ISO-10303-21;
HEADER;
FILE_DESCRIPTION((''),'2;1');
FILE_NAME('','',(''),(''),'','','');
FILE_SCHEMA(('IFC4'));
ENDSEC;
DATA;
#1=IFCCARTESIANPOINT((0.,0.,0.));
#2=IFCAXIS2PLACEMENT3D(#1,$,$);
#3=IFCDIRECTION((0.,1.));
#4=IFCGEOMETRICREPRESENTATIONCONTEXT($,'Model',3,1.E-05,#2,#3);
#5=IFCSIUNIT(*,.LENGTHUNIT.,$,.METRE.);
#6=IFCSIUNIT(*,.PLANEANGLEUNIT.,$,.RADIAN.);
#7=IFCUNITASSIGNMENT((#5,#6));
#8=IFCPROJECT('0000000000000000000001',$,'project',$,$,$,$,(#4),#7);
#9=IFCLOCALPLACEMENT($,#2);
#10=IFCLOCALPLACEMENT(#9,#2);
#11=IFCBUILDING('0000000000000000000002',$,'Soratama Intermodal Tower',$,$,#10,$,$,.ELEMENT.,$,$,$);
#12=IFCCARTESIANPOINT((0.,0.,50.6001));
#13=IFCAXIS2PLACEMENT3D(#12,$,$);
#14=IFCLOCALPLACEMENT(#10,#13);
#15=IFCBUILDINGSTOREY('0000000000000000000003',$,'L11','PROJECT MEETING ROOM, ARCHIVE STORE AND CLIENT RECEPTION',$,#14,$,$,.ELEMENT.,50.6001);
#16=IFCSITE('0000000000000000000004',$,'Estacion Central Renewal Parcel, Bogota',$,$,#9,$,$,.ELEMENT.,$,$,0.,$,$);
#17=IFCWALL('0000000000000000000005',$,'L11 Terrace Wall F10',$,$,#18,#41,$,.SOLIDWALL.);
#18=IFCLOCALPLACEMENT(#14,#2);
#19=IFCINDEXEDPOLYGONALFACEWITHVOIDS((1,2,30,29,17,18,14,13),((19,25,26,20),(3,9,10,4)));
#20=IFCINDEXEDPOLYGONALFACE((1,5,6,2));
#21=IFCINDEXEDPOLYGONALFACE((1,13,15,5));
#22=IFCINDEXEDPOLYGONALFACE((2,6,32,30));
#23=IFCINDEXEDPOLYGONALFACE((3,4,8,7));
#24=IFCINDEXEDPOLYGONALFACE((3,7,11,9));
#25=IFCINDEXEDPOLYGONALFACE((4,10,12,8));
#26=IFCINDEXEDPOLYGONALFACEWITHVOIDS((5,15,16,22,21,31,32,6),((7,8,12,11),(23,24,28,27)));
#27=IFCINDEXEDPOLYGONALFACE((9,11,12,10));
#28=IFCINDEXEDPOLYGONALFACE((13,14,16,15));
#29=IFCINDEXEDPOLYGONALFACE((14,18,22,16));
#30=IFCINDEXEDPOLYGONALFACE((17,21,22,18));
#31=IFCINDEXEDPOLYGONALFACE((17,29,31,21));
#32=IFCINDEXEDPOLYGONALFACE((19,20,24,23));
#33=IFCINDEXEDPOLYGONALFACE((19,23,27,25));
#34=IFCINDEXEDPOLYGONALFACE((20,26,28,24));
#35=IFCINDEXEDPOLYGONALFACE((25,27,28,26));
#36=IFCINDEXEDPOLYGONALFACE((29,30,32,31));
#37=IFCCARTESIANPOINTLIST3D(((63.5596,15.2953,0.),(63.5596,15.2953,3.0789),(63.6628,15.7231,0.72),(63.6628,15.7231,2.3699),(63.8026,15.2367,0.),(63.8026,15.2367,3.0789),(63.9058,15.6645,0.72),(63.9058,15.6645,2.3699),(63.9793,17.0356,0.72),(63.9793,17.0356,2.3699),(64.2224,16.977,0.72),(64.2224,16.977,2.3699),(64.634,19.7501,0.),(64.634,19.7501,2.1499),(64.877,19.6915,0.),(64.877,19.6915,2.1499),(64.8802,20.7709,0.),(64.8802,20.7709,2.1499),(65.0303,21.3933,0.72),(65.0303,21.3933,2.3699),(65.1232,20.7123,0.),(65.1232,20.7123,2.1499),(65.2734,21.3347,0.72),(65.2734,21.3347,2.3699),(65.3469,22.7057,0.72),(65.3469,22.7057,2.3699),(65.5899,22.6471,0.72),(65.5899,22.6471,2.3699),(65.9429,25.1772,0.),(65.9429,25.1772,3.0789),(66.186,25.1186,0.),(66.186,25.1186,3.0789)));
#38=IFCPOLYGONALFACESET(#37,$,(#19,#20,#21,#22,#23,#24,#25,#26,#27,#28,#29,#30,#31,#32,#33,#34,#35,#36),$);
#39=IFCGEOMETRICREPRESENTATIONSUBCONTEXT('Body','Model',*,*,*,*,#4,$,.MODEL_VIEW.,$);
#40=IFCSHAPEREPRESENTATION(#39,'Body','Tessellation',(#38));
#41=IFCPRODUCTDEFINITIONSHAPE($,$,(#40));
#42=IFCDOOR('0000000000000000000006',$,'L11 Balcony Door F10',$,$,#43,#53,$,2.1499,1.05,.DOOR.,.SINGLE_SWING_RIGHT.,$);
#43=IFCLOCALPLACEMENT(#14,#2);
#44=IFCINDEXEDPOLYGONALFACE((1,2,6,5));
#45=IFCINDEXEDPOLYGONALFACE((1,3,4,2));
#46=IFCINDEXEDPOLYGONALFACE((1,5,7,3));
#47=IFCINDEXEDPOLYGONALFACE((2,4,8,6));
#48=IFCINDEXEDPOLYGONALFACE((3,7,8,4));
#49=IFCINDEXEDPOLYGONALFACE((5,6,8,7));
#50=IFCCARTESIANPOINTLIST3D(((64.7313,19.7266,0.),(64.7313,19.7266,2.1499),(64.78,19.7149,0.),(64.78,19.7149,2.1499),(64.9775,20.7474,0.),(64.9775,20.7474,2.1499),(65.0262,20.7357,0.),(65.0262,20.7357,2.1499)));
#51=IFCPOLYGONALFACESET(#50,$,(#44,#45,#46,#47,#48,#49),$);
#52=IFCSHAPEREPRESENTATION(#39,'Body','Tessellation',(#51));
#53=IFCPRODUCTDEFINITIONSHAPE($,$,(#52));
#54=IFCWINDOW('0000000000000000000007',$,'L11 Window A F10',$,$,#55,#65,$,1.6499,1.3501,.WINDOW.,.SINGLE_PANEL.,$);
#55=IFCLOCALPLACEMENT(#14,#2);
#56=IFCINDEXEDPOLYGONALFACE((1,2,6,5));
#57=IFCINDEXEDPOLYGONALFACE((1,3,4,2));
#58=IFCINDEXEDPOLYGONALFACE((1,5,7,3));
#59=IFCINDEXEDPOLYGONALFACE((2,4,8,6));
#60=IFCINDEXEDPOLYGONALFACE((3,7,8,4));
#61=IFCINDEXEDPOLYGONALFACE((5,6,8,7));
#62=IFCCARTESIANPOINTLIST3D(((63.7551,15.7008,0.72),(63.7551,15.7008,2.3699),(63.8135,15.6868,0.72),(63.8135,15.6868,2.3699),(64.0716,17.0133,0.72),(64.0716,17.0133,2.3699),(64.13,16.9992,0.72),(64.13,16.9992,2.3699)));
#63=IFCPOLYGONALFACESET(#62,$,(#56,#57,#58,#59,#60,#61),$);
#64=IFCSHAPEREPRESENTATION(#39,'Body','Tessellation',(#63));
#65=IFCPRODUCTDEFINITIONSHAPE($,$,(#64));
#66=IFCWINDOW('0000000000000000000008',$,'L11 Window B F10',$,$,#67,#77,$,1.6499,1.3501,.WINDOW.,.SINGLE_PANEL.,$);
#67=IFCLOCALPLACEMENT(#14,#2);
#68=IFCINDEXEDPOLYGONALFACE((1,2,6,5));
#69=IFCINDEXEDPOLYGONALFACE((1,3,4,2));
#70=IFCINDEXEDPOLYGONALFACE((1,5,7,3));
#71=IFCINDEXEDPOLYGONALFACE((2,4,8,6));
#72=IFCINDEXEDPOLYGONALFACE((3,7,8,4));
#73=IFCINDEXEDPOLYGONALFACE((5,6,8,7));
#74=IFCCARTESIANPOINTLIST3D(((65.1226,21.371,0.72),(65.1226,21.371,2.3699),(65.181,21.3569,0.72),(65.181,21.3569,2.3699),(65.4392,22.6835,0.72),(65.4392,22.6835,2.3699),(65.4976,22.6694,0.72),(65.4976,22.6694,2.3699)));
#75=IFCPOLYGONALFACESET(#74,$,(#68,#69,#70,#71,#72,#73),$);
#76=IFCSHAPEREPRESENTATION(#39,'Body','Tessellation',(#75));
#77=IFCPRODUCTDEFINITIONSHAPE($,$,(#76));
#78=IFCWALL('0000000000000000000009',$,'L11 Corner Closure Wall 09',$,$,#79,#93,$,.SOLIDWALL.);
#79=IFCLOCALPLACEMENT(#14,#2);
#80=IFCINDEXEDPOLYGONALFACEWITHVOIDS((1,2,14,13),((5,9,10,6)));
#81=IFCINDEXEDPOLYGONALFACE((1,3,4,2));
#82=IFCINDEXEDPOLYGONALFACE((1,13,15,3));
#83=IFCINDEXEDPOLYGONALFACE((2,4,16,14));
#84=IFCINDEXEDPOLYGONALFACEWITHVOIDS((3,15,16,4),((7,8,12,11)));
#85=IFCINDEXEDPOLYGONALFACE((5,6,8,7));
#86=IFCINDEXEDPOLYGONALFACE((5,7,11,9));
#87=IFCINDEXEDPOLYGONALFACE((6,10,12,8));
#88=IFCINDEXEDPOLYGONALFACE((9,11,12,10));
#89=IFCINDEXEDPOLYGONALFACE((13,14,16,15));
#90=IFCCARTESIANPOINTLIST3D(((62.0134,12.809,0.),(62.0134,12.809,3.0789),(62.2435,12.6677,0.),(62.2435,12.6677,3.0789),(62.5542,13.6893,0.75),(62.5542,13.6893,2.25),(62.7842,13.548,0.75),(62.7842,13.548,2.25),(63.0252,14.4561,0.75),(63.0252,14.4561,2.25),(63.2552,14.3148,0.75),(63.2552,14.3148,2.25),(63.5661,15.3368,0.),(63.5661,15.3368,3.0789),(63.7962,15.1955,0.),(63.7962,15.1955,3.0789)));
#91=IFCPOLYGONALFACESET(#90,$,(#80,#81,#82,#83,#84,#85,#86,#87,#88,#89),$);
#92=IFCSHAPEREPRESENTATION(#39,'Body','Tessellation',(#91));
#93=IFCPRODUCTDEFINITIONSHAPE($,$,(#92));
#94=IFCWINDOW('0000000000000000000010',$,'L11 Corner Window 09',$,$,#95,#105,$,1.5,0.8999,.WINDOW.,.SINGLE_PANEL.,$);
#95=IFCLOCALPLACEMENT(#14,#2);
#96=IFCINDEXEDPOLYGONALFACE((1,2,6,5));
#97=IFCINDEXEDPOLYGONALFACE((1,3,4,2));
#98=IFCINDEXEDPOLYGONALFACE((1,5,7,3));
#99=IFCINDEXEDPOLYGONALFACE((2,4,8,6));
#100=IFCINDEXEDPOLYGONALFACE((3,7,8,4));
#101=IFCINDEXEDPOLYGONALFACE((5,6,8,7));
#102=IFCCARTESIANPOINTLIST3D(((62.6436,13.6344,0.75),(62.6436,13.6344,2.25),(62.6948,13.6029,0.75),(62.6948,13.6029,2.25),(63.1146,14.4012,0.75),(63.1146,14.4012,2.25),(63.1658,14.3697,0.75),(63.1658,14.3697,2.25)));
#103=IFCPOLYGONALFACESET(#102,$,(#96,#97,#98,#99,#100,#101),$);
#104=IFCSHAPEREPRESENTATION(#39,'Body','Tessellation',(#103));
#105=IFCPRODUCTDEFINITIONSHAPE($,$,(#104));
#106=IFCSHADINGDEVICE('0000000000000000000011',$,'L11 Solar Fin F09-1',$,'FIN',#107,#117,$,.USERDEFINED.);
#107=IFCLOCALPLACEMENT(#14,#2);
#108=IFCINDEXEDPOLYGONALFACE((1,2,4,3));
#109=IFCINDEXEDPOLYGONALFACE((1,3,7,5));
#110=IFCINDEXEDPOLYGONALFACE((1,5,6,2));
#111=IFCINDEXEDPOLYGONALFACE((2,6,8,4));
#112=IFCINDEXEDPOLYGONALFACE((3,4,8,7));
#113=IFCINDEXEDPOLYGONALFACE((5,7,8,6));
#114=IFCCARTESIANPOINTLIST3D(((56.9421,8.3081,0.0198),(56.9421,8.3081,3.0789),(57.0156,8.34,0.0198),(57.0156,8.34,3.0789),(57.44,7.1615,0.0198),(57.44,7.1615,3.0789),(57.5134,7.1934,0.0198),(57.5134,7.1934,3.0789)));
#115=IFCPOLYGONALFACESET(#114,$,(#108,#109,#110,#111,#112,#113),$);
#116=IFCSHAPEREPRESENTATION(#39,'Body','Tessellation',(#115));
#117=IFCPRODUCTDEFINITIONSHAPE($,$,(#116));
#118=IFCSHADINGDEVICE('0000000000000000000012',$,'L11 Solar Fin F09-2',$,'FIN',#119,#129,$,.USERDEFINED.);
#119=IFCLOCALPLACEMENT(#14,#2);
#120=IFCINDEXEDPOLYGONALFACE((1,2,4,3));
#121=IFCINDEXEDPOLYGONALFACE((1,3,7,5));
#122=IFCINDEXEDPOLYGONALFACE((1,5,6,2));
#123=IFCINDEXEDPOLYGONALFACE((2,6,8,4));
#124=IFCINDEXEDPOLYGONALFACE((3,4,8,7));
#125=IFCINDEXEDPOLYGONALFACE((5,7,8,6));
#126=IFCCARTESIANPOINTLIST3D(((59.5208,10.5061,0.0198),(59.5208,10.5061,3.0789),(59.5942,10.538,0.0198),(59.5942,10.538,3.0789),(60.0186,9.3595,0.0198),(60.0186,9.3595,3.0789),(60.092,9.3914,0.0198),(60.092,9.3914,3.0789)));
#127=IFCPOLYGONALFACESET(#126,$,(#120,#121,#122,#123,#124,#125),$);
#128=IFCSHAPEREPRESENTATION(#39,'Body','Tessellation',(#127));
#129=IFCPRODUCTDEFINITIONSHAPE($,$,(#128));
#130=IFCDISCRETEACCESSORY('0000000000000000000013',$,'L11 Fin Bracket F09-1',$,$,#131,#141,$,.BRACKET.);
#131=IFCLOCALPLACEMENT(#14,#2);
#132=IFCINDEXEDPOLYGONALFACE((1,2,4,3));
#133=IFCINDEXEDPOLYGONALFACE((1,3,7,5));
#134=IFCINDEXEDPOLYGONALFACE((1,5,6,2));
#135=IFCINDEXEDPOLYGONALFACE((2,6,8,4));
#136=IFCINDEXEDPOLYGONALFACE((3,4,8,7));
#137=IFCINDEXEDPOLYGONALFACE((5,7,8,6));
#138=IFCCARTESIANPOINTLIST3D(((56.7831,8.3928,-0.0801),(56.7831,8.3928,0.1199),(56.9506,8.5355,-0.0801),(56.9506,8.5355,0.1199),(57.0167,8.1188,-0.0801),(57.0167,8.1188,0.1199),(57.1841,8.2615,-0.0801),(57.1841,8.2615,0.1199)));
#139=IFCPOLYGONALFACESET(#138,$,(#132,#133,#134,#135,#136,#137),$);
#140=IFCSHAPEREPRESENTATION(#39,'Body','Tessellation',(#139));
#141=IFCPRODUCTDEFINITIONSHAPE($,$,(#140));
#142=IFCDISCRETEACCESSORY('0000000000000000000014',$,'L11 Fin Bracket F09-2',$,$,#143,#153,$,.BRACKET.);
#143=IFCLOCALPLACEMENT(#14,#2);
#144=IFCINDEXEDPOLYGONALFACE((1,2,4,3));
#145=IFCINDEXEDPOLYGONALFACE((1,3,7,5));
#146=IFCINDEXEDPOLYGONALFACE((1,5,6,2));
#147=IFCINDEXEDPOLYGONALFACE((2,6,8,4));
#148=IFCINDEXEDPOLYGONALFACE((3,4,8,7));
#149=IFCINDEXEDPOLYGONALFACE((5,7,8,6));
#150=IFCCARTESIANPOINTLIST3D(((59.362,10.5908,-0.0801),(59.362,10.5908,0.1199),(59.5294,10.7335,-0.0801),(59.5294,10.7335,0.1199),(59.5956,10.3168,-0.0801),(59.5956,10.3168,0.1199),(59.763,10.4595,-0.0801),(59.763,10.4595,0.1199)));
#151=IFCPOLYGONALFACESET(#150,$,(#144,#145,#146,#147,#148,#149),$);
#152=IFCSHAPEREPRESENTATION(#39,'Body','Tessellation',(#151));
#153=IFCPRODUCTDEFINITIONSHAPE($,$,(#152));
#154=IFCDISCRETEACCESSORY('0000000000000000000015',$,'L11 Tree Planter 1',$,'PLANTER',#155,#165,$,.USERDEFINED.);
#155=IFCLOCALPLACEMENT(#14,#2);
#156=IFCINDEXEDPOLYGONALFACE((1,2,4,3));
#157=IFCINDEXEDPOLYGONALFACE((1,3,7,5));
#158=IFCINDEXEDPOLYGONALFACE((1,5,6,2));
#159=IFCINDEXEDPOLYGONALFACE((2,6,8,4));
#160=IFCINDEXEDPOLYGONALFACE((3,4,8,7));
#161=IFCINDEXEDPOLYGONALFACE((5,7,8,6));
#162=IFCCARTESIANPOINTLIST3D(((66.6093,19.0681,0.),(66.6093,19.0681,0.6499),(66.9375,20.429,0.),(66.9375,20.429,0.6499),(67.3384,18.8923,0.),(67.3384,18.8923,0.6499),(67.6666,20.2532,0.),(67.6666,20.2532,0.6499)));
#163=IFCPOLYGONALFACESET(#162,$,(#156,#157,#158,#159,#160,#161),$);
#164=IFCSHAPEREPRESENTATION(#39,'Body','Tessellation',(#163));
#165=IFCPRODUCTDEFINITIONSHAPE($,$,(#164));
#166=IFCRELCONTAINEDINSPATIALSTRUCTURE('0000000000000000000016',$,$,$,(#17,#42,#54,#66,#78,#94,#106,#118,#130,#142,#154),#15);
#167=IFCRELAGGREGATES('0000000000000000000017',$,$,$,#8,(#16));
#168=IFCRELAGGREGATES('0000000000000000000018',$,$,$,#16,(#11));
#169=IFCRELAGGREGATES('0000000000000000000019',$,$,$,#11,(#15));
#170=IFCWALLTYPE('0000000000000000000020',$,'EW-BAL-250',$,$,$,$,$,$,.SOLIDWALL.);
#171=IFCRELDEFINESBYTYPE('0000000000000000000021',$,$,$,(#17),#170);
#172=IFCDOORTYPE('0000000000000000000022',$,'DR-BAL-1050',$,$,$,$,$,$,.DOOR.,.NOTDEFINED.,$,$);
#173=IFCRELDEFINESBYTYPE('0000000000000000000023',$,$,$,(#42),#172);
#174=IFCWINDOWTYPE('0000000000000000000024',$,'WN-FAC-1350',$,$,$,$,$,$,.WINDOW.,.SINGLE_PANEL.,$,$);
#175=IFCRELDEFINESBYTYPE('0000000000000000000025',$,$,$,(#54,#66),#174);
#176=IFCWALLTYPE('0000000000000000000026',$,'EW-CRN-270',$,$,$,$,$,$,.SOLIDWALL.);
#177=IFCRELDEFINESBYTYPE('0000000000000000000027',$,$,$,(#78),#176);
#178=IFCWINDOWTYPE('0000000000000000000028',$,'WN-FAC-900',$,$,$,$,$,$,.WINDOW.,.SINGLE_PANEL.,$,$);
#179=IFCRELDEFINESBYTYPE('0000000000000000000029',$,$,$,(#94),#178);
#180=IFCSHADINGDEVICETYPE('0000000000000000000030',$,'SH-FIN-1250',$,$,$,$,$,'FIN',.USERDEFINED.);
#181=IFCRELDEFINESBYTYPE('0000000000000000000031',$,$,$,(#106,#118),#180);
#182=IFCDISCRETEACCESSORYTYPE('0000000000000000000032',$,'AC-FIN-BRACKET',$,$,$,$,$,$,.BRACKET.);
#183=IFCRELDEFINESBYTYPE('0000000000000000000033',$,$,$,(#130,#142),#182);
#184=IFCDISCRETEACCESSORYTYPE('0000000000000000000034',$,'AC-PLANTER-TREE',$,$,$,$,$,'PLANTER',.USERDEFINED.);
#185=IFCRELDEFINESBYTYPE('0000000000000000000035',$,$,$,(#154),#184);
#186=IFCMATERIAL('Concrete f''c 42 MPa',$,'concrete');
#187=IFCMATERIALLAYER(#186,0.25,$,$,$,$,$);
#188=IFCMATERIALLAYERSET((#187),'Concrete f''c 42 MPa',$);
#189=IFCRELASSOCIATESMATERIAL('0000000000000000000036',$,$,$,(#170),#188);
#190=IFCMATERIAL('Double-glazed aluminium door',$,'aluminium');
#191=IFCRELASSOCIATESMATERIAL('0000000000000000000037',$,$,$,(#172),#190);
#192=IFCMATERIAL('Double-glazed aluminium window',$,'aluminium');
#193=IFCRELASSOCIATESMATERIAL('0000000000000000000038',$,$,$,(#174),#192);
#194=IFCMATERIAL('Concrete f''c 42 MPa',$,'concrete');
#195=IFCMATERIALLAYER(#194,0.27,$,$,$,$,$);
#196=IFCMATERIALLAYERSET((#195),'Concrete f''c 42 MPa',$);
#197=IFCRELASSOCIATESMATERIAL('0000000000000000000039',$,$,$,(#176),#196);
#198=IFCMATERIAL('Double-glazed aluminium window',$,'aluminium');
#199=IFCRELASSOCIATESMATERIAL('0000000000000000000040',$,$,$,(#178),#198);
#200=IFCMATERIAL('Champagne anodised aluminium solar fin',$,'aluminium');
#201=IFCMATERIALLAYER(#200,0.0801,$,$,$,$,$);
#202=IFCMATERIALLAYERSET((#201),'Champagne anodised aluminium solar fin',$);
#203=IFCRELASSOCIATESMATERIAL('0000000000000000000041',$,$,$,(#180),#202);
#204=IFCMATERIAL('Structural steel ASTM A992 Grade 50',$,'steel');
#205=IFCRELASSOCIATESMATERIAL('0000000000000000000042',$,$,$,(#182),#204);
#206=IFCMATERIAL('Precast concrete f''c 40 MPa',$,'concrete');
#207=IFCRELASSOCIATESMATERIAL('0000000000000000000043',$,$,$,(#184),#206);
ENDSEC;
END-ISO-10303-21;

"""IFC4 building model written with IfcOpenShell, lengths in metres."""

from ifc_helpers import new_model, si_unit, direction, frame, frame_2d, origin, origin_2d, place, context, subcontext, project, spatial, rectangle, extrude, material, layer, layer_set, type_object, element, fill, save


model = new_model("IFC4")

# Units and contexts
model_context = context("Model", 3, precision=1e-05, world=origin(), true_north=direction((0.0, 1.0)))
body_context = subcontext(model_context, "Body", "Model", "MODEL_VIEW")
ifc_project = project(units=[si_unit("LENGTHUNIT", "METRE"), si_unit("PLANEANGLEUNIT", "RADIAN")], contexts=[model_context])

# Site, building, storey
site_placement = place(None, origin())
site = spatial("IfcSite", under=ifc_project, at=site_placement, Name="Estacion Central Renewal Parcel, Bogota", CompositionType="ELEMENT", RefElevation=0.0)
building_placement = place(site_placement, origin())
building = spatial("IfcBuilding", under=site, at=building_placement, Name="Soratama Intermodal Tower", CompositionType="ELEMENT")
storey_placement = place(building_placement, frame((0.0, 0.0, 50.6001)))
storey = spatial("IfcBuildingStorey", under=building, at=storey_placement, Name="L11", Description="PROJECT MEETING ROOM, ARCHIVE STORE AND CLIENT RECEPTION", CompositionType="ELEMENT", Elevation=50.6001)

# Wall, openings, door, windows
ifc_material_1 = material(Name="Concrete f'c 42 MPa", Category="concrete")
ifc_layer_1 = layer(ifc_material_1, 0.25)
ifc_layer_set_1 = layer_set([ifc_layer_1], Name="Concrete f'c 42 MPa")
wall_type_1 = type_object("IfcWallType", Name="EW-BAL-250", PredefinedType="SOLIDWALL", material=ifc_layer_set_1)
wall_1_placement = place(storey_placement, frame((63.6812, 15.2661, 0.0), z_axis=(0.0, 0.0, 1.0), x_axis=(0.234457, 0.972126, 0.0)))
wall_1 = element("IfcWall", 1, at=wall_1_placement, inside=storey, type_object=wall_type_1, Name="L11 Terrace Wall F10", PredefinedType="SOLIDWALL", context=body_context, shape_type="SweptSolid", body=[
    extrude(rectangle(XDim=10.1653, YDim=0.25, at=frame_2d((5.0825, 0.0))), origin(), (0.0, 0.0, 1.0), 3.0789),
])
opening_1_placement = place(wall_1_placement, frame((4.5825, 0.0, 0.0)))
opening_1 = element("IfcOpeningElement", 2, at=opening_1_placement, cuts=wall_1, PredefinedType="OPENING", context=body_context, shape_type="SweptSolid", body=[
    extrude(rectangle(XDim=1.05, YDim=2.1499, at=frame_2d((0.5249, 1.075))), frame((0.0, 0.135, 0.0), z_axis=(0.0, -1.0, 0.0), x_axis=(1.0, 0.0, 0.0)), (0.0, 0.0, 1.0), 0.27),
])
opening_2_placement = place(wall_1_placement, frame((0.4399, 0.0, 0.72)))
opening_2 = element("IfcOpeningElement", 3, at=opening_2_placement, cuts=wall_1, PredefinedType="OPENING", context=body_context, shape_type="SweptSolid", body=[
    extrude(rectangle(XDim=1.3501, YDim=1.6499, at=frame_2d((0.675, 0.825))), frame((0.0, 0.135, 0.0), z_axis=(0.0, -1.0, 0.0), x_axis=(1.0, 0.0, 0.0)), (0.0, 0.0, 1.0), 0.27),
])
opening_3_placement = place(wall_1_placement, frame((6.2727, 0.0, 0.72)))
opening_3 = element("IfcOpeningElement", 4, at=opening_3_placement, cuts=wall_1, PredefinedType="OPENING", context=body_context, shape_type="SweptSolid", body=[
    extrude(rectangle(XDim=1.3501, YDim=1.6499, at=frame_2d((0.675, 0.825))), frame((0.0, 0.135, 0.0), z_axis=(0.0, -1.0, 0.0), x_axis=(1.0, 0.0, 0.0)), (0.0, 0.0, 1.0), 0.27),
])
ifc_material_2 = material(Name="Double-glazed aluminium door", Category="aluminium")
door_type = type_object("IfcDoorType", Name="DR-BAL-1050", OperationType="NOTDEFINED", PredefinedType="DOOR", material=ifc_material_2)
door_placement = place(opening_1_placement, origin())
door = element("IfcDoor", 5, at=door_placement, inside=storey, type_object=door_type, Name="L11 Balcony Door F10", OperationType="SINGLE_SWING_RIGHT", OverallHeight=2.1499, OverallWidth=1.05, PredefinedType="DOOR", context=body_context, shape_type="SweptSolid", body=[
    extrude(rectangle(XDim=1.05, YDim=2.1499, at=frame_2d((0.5249, 1.075))), frame((0.0, 0.0249, 0.0), z_axis=(0.0, -1.0, 0.0), x_axis=(1.0, 0.0, 0.0)), (0.0, 0.0, 1.0), 0.05),
])
fill(opening_1, door)
ifc_material_3 = material(Name="Double-glazed aluminium window", Category="aluminium")
window_type_1 = type_object("IfcWindowType", Name="WN-FAC-1350", PartitioningType="SINGLE_PANEL", PredefinedType="WINDOW", material=ifc_material_3)
window_1_placement = place(opening_2_placement, origin())
window_1 = element("IfcWindow", 6, at=window_1_placement, inside=storey, type_object=window_type_1, Name="L11 Window A F10", OverallHeight=1.6499, OverallWidth=1.3501, PartitioningType="SINGLE_PANEL", PredefinedType="WINDOW", context=body_context, shape_type="SweptSolid", body=[
    extrude(rectangle(XDim=1.3501, YDim=1.6499, at=frame_2d((0.675, 0.825))), frame((0.0, 0.03, 0.0), z_axis=(0.0, -1.0, 0.0), x_axis=(1.0, 0.0, 0.0)), (0.0, 0.0, 1.0), 0.0601),
])
fill(opening_2, window_1)
window_2_placement = place(opening_3_placement, origin())
window_2 = element("IfcWindow", 7, at=window_2_placement, inside=storey, type_object=window_type_1, Name="L11 Window B F10", OverallHeight=1.6499, OverallWidth=1.3501, PartitioningType="SINGLE_PANEL", PredefinedType="WINDOW", context=body_context, shape_type="SweptSolid", body=[
    extrude(rectangle(XDim=1.3501, YDim=1.6499, at=frame_2d((0.675, 0.825))), frame((0.0, 0.03, 0.0), z_axis=(0.0, -1.0, 0.0), x_axis=(1.0, 0.0, 0.0)), (0.0, 0.0, 1.0), 0.0601),
])
fill(opening_3, window_2)

# Wall, opening, window
ifc_material_4 = material(Name="Concrete f'c 42 MPa", Category="concrete")
ifc_layer_2 = layer(ifc_material_4, 0.27)
ifc_layer_set_2 = layer_set([ifc_layer_2], Name="Concrete f'c 42 MPa")
wall_type_2 = type_object("IfcWallType", Name="EW-CRN-270", PredefinedType="SOLIDWALL", material=ifc_layer_set_2)
wall_2_placement = place(storey_placement, frame((62.1284, 12.7383, 0.0), z_axis=(0.0, 0.0, 1.0), x_axis=(0.523399, 0.852088, 0.0)))
wall_2 = element("IfcWall", 8, at=wall_2_placement, inside=storey, type_object=wall_type_2, Name="L11 Corner Closure Wall 09", PredefinedType="SOLIDWALL", context=body_context, shape_type="SweptSolid", body=[
    extrude(rectangle(XDim=2.9666, YDim=0.27, at=frame_2d((1.4834, 0.0))), origin(), (0.0, 0.0, 1.0), 3.0789),
])
opening_4_placement = place(wall_2_placement, frame((1.0332, 0.0, 0.75)))
opening_4 = element("IfcOpeningElement", 9, at=opening_4_placement, cuts=wall_2, PredefinedType="OPENING", context=body_context, shape_type="SweptSolid", body=[
    extrude(rectangle(XDim=0.8999, YDim=1.5, at=frame_2d((0.45, 0.75))), frame((0.0, 0.145, 0.0), z_axis=(0.0, -1.0, 0.0), x_axis=(1.0, 0.0, 0.0)), (0.0, 0.0, 1.0), 0.29),
])
ifc_material_5 = material(Name="Double-glazed aluminium window", Category="aluminium")
window_type_2 = type_object("IfcWindowType", Name="WN-FAC-900", PartitioningType="SINGLE_PANEL", PredefinedType="WINDOW", material=ifc_material_5)
window_3_placement = place(opening_4_placement, origin())
window_3 = element("IfcWindow", 10, at=window_3_placement, inside=storey, type_object=window_type_2, Name="L11 Corner Window 09", OverallHeight=1.5, OverallWidth=0.8999, PartitioningType="SINGLE_PANEL", PredefinedType="WINDOW", context=body_context, shape_type="SweptSolid", body=[
    extrude(rectangle(XDim=0.8999, YDim=1.5, at=frame_2d((0.45, 0.75))), frame((0.0, 0.03, 0.0), z_axis=(0.0, -1.0, 0.0), x_axis=(1.0, 0.0, 0.0)), (0.0, 0.0, 1.0), 0.0601),
])
fill(opening_4, window_3)

# Shading devices
ifc_material_6 = material(Name="Champagne anodised aluminium solar fin", Category="aluminium")
ifc_layer_3 = layer(ifc_material_6, 0.0801)
ifc_layer_set_3 = layer_set([ifc_layer_3], Name="Champagne anodised aluminium solar fin")
shading_device_type = type_object("IfcShadingDeviceType", Name="SH-FIN-1250", ElementType="FIN", PredefinedType="USERDEFINED", material=ifc_layer_set_3)
for number, where, z_axis, x_axis, name in (
    (11, (57.2278, 7.7507, 0.0198), (0.0, 0.0, 1.0), (0.398269, -0.917269, 0.0), "L11 Solar Fin F09-1"),
    (12, (59.8064, 9.9487, 0.0198), (0.0, 0.0, 1.0), (0.398269, -0.917269, 0.0), "L11 Solar Fin F09-2"),
):
    element("IfcShadingDevice", number, at=place(storey_placement, frame(where, z_axis=z_axis, x_axis=x_axis)), inside=storey, type_object=shading_device_type, Name=name, ObjectType="FIN", PredefinedType="USERDEFINED", context=body_context, shape_type="SweptSolid", body=[
        extrude(rectangle(XDim=1.25, YDim=0.0801, at=origin_2d()), origin(), (0.0, 0.0, 1.0), 3.0591),
    ])

# Discrete accessories
ifc_material_7 = material(Name="Structural steel ASTM A992 Grade 50", Category="steel")
discrete_accessory_type_1 = type_object("IfcDiscreteAccessoryType", Name="AC-FIN-BRACKET", PredefinedType="BRACKET", material=ifc_material_7)
for number, where, z_axis, x_axis, name in (
    (13, (56.9836, 8.3271, -0.0801), (0.0, 0.0, 1.0), (0.648651, -0.761086, 0.0), "L11 Fin Bracket F09-1"),
    (14, (59.5625, 10.5251, -0.0801), (0.0, 0.0, 1.0), (0.648651, -0.761086, 0.0), "L11 Fin Bracket F09-2"),
):
    element("IfcDiscreteAccessory", number, at=place(storey_placement, frame(where, z_axis=z_axis, x_axis=x_axis)), inside=storey, type_object=discrete_accessory_type_1, Name=name, PredefinedType="BRACKET", context=body_context, shape_type="SweptSolid", body=[
        extrude(rectangle(XDim=0.3601, YDim=0.22, at=origin_2d()), origin(), (0.0, 0.0, 1.0), 0.2),
    ])
ifc_material_8 = material(Name="Precast concrete f'c 40 MPa", Category="concrete")
discrete_accessory_type_2 = type_object("IfcDiscreteAccessoryType", Name="AC-PLANTER-TREE", ElementType="PLANTER", PredefinedType="USERDEFINED", material=ifc_material_8)
discrete_accessory_placement = place(storey_placement, frame((67.1379, 19.6606, 0.0), z_axis=(0.0, 0.0, 1.0), x_axis=(0.972125, -0.234463, 0.0)))
element("IfcDiscreteAccessory", 15, at=discrete_accessory_placement, inside=storey, type_object=discrete_accessory_type_2, Name="L11 Tree Planter 1", ObjectType="PLANTER", PredefinedType="USERDEFINED", context=body_context, shape_type="SweptSolid", body=[
    extrude(rectangle(XDim=0.75, YDim=1.3999, at=origin_2d()), origin(), (0.0, 0.0, 1.0), 0.6499),
])

save(model, "model.ifc")
